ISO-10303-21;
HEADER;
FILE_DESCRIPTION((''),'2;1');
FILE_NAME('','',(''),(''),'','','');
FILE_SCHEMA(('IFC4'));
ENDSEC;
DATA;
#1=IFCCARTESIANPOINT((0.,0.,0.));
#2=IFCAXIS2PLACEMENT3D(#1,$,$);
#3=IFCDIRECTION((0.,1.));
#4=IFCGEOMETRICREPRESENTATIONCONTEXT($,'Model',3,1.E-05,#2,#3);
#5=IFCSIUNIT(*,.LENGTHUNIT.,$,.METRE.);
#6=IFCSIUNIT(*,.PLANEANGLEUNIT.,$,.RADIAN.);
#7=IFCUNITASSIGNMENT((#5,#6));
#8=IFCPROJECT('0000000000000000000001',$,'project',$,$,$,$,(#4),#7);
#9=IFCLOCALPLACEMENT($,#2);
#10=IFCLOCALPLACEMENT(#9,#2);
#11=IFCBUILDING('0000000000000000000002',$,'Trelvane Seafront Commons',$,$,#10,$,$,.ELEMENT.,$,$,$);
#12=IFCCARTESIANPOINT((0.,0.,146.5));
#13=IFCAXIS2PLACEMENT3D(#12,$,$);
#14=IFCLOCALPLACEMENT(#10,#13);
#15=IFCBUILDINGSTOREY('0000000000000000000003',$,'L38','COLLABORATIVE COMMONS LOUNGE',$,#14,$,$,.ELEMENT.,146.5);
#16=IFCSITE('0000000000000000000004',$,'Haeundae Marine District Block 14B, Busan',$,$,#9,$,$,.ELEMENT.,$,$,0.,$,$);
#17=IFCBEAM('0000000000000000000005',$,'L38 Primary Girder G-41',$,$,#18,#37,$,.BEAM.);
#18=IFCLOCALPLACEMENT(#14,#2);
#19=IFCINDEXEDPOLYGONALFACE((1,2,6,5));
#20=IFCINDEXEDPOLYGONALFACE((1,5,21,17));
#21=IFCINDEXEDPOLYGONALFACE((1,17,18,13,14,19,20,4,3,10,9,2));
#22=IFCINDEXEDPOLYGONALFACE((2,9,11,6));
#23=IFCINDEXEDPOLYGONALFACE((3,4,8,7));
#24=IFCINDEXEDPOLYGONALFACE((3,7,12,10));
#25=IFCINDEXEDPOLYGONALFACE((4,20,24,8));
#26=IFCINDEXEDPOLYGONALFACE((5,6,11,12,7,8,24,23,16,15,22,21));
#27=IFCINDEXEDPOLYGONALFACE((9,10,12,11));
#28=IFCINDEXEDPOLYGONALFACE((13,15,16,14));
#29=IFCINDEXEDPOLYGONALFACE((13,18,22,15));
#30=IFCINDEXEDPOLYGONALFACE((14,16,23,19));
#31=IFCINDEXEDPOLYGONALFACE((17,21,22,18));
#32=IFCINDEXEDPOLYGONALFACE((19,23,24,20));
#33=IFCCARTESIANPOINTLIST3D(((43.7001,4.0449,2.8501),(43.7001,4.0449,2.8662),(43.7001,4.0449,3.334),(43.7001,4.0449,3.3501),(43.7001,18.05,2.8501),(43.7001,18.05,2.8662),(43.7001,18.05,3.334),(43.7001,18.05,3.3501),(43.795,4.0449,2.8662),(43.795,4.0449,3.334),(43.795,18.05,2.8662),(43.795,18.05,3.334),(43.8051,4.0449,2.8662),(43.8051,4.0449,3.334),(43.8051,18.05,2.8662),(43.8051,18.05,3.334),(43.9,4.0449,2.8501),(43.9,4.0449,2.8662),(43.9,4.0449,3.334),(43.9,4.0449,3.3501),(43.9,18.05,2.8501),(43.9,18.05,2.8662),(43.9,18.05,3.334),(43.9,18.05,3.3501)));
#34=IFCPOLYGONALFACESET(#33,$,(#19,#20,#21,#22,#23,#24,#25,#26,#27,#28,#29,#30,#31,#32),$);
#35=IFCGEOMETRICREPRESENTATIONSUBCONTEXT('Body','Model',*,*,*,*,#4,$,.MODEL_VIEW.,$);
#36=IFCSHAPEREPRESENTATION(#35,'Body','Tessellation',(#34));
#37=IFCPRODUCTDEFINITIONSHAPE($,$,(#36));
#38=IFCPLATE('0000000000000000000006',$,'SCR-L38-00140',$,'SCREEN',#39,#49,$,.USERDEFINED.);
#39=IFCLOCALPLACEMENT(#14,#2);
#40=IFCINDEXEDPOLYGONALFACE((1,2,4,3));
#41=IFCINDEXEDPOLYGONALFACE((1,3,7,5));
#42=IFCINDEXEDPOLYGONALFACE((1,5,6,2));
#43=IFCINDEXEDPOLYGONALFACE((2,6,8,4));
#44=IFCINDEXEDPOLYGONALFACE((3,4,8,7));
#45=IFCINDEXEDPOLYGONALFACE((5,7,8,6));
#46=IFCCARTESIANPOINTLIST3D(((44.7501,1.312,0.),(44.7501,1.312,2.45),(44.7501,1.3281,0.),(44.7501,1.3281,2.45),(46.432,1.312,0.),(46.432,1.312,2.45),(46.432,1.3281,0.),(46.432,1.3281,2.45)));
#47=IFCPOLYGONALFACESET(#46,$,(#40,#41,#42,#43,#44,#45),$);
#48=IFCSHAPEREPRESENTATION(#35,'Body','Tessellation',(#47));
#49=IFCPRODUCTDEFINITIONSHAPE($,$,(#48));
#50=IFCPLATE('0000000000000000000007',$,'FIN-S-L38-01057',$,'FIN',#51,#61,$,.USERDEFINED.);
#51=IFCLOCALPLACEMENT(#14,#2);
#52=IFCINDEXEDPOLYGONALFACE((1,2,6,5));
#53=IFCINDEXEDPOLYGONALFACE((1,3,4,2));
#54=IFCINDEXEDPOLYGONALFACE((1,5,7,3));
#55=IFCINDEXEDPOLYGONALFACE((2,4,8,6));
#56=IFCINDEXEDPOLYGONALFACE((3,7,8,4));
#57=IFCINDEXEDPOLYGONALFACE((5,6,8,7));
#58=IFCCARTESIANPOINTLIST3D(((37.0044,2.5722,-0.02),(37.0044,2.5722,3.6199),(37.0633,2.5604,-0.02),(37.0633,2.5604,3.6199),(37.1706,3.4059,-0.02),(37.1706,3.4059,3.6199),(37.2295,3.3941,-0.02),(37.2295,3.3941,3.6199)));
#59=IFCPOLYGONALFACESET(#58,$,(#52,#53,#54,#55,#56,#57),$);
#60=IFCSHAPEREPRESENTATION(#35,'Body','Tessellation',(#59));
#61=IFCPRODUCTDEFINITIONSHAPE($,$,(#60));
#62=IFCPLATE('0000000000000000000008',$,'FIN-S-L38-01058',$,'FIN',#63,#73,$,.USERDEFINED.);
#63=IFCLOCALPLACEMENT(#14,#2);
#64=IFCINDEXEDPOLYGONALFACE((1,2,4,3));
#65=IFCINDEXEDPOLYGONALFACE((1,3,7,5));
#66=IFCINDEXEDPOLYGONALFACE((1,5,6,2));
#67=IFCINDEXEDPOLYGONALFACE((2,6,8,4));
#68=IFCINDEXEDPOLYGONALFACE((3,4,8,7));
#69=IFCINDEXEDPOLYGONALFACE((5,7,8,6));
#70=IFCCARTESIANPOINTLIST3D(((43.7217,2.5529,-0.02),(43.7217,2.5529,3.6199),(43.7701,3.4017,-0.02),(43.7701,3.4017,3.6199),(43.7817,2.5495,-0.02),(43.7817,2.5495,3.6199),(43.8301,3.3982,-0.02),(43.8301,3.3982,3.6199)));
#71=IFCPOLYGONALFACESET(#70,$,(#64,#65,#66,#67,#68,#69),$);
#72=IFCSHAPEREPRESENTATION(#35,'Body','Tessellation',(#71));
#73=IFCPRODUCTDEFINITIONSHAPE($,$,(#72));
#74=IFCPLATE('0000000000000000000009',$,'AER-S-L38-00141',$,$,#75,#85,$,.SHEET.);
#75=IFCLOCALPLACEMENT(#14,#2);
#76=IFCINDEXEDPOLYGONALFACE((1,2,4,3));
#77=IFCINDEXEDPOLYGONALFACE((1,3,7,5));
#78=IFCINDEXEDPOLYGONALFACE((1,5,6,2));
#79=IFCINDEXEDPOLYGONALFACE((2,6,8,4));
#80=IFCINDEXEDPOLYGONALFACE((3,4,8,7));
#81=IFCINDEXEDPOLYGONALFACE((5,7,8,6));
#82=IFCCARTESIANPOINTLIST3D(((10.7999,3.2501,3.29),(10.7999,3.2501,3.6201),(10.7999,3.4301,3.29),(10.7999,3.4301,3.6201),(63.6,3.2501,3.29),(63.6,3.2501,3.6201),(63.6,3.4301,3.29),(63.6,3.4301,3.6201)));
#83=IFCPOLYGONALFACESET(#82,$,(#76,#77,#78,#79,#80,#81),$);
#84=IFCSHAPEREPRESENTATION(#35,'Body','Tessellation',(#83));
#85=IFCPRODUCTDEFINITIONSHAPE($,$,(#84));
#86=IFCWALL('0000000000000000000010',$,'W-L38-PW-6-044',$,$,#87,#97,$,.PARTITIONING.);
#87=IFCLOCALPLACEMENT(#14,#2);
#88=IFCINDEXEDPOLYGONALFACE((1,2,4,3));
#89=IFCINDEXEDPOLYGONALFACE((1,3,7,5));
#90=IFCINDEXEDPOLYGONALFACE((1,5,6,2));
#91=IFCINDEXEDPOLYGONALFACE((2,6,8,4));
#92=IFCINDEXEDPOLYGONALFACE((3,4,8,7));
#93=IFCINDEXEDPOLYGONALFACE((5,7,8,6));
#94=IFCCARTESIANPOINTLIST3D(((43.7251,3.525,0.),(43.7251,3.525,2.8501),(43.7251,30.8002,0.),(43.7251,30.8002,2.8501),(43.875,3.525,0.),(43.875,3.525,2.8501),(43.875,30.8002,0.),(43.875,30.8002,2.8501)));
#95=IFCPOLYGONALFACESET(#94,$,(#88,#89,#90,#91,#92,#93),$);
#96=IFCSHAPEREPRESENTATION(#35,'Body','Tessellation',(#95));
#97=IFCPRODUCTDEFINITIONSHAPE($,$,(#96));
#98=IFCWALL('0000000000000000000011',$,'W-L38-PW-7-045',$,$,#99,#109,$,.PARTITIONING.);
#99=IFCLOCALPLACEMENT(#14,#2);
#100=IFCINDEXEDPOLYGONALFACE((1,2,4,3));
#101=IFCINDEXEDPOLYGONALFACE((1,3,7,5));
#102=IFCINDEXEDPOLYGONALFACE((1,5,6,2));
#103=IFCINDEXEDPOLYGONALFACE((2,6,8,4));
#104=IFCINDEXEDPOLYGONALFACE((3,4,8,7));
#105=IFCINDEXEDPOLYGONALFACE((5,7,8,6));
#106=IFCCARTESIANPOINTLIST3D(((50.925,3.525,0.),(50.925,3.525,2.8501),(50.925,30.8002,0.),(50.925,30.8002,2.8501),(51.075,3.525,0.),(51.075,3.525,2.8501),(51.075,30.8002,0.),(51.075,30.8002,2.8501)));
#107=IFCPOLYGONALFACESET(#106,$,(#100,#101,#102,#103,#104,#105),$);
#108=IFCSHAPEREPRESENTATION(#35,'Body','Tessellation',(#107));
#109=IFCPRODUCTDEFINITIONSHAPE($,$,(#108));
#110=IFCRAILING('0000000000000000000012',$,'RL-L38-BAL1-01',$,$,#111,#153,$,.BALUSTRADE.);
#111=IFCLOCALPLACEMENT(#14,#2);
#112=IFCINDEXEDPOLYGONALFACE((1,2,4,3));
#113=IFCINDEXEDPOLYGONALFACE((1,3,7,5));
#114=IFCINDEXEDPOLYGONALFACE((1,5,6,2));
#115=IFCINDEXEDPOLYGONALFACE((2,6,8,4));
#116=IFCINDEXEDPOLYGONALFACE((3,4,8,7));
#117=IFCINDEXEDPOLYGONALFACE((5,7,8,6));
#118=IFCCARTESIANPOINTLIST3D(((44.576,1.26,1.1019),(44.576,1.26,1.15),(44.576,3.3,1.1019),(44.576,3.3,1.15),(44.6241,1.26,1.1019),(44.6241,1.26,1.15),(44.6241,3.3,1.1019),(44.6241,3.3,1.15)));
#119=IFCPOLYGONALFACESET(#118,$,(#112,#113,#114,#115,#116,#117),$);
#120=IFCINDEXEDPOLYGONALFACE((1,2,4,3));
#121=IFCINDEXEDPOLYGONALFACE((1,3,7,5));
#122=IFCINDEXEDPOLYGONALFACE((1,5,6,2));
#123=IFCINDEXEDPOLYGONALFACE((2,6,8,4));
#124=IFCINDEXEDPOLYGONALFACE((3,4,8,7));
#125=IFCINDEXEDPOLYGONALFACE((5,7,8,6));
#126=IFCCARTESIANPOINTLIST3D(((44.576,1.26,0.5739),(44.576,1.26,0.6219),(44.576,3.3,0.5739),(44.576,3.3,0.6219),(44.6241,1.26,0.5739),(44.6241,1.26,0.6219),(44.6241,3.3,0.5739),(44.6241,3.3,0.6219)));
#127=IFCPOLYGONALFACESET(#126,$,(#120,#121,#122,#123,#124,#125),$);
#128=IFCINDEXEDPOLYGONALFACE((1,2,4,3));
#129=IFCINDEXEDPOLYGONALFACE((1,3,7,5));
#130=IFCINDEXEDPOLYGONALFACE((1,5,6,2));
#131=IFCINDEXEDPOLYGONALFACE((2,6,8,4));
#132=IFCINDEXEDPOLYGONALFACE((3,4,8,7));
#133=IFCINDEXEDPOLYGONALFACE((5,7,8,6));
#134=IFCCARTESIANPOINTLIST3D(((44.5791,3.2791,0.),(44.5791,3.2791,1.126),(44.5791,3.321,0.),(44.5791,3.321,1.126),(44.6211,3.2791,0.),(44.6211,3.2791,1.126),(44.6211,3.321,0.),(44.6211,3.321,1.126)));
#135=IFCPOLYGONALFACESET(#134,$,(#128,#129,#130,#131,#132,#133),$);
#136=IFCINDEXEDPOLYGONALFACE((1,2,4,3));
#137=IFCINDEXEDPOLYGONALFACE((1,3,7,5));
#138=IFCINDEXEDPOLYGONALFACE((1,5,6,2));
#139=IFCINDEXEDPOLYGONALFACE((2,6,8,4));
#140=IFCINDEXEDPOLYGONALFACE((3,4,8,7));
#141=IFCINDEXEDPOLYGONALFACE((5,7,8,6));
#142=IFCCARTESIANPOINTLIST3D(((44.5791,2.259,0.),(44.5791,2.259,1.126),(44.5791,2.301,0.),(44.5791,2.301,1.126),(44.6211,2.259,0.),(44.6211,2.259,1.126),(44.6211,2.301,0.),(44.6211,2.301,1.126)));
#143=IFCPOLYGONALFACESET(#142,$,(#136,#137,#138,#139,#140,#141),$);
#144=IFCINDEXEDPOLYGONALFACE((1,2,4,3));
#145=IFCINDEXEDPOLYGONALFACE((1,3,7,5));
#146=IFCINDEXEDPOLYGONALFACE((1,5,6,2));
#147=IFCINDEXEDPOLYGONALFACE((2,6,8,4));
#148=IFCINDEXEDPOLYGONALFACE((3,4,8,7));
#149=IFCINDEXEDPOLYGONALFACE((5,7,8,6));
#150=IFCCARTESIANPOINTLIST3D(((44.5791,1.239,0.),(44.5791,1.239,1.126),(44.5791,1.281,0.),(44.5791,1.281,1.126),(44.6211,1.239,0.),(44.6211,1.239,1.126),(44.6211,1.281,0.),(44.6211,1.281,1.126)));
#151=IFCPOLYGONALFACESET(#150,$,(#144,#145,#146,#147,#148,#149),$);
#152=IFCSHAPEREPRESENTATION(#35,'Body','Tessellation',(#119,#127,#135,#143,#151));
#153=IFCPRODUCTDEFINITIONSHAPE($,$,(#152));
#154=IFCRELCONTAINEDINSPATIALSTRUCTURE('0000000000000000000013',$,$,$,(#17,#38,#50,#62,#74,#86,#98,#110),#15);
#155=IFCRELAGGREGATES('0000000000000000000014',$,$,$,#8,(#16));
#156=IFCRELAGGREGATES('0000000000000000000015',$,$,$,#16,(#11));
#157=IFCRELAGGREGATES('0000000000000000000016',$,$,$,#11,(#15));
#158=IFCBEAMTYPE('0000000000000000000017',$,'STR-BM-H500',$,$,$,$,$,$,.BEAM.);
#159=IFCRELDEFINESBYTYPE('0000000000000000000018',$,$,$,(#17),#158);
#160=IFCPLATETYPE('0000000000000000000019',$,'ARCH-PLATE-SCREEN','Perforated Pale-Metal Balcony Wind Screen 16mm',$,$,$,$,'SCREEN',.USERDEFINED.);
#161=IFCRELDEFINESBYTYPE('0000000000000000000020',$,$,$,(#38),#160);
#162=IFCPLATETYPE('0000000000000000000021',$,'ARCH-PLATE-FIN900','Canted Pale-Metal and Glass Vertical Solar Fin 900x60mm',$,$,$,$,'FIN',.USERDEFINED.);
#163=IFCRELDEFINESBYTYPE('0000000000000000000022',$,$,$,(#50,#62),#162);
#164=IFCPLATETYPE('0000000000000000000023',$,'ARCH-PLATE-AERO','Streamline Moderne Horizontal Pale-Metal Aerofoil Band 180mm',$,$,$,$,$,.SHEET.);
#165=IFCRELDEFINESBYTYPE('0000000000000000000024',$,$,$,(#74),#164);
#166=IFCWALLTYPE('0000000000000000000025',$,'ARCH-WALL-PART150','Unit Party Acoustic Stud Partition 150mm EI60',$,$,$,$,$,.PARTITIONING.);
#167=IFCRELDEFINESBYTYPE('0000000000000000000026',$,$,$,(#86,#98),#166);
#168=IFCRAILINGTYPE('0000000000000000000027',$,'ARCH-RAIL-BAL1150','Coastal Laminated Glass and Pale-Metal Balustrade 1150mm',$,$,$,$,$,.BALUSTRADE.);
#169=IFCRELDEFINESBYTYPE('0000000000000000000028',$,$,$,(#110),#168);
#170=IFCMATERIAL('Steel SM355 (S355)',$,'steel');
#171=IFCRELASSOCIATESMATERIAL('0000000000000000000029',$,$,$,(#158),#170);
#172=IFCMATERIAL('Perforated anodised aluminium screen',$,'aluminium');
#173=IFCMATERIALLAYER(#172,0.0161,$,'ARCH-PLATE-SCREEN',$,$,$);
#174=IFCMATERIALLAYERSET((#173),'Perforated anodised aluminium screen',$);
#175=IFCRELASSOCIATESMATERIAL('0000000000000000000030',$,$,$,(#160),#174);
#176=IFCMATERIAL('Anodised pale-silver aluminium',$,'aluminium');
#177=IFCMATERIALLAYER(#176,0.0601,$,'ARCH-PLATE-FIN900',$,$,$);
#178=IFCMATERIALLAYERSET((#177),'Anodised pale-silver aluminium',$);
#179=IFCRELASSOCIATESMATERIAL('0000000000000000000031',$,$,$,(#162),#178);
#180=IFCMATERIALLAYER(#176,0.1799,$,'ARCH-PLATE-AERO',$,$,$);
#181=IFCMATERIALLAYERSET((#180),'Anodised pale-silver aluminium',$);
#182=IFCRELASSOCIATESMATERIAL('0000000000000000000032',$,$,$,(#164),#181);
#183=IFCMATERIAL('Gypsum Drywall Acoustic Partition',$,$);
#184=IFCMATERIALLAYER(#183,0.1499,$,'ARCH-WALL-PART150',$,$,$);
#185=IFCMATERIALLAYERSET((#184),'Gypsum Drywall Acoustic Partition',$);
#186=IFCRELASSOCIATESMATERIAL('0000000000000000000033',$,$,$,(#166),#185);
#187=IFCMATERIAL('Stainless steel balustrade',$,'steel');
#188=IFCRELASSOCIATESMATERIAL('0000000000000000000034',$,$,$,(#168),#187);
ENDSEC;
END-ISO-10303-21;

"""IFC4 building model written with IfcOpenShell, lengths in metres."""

from ifc_helpers import new_model, si_unit, direction, frame, frame_2d, origin, origin_2d, place, context, subcontext, project, spatial, rectangle, i_section, extrude, source, transform, mapped, material, layer, layer_set, material_profile, profile_set, type_object, element, save


model = new_model("IFC4")

# Units and contexts
model_context = context("Model", 3, precision=1e-05, world=origin(), true_north=direction((0.0, 1.0)))
body_context = subcontext(model_context, "Body", "Model", "MODEL_VIEW")
ifc_project = project(units=[si_unit("LENGTHUNIT", "METRE"), si_unit("PLANEANGLEUNIT", "RADIAN")], contexts=[model_context])

# Site, building, storey
site_placement = place(None, origin())
site = spatial("IfcSite", under=ifc_project, at=site_placement, Name="Haeundae Marine District Block 14B, Busan", CompositionType="ELEMENT", RefElevation=0.0)
building_placement = place(site_placement, origin())
building = spatial("IfcBuilding", under=site, at=building_placement, Name="Trelvane Seafront Commons", CompositionType="ELEMENT")
storey_placement = place(building_placement, frame((0.0, 0.0, 146.5)))
storey = spatial("IfcBuildingStorey", under=building, at=storey_placement, Name="L38", Description="COLLABORATIVE COMMONS LOUNGE", CompositionType="ELEMENT", Elevation=146.5)

# Shared definitions
ifc_material_1 = material(Name="Steel SM355 (S355)", Category="steel")

# Beam
ifc_material_profile_1 = material_profile(ifc_material_1, i_section(OverallWidth=0.2, OverallDepth=0.5, WebThickness=0.01, FlangeThickness=0.0161, at=origin_2d()), Name="H-500x200x10x16")
ifc_profile_set_1 = profile_set([ifc_material_profile_1], Name="Steel SM355 (S355)")
beam_type_1 = type_object("IfcBeamType", Name="STR-BM-H500", PredefinedType="BEAM", material=ifc_profile_set_1)
shared_shape_1 = source(origin(), body_context, "Body", "SweptSolid", [
    extrude(i_section(OverallWidth=0.2, OverallDepth=0.5, WebThickness=0.01, FlangeThickness=0.0161, at=origin_2d()), origin(), (0.0, 0.0, 1.0), 14.0051),
])
beam_1_placement = place(storey_placement, frame((43.8, 4.0449, 3.1001), z_axis=(0.0, 1.0, 0.0), x_axis=(-1.0, 0.0, 0.0)))
element("IfcBeam", 1, at=beam_1_placement, inside=storey, type_object=beam_type_1, Name="L38 Primary Girder G-41", PredefinedType="BEAM", context=body_context, shape_type="MappedRepresentation", body=[
    mapped(shared_shape_1, transform((0.0, 0.0, 0.0), x_axis=(1.0, 0.0, 0.0), y_axis=(0.0, 1.0, 0.0), z_axis=(0.0, 0.0, 1.0), scale=1.0)),
])

# Plates
ifc_material_2 = material(Name="Perforated anodised aluminium screen", Category="aluminium")
ifc_layer_1 = layer(ifc_material_2, 0.0161, Name="ARCH-PLATE-SCREEN")
ifc_layer_set_1 = layer_set([ifc_layer_1], Name="Perforated anodised aluminium screen")
plate_type_1 = type_object("IfcPlateType", Name="ARCH-PLATE-SCREEN", Description="Perforated Pale-Metal Balcony Wind Screen 16mm", ElementType="SCREEN", PredefinedType="USERDEFINED", material=ifc_layer_set_1)
shared_shape_2 = source(origin(), body_context, "Body", "SweptSolid", [
    extrude(rectangle(XDim=1.6819, YDim=0.0161, at=origin_2d()), origin(), (0.0, 0.0, 1.0), 2.45),
])
plate_1_placement = place(storey_placement, frame((45.5911, 1.3201, 0.0), z_axis=(0.0, 0.0, 1.0), x_axis=(1.0, 0.0, 0.0)))
element("IfcPlate", 2, at=plate_1_placement, inside=storey, type_object=plate_type_1, Name="SCR-L38-00140", ObjectType="SCREEN", PredefinedType="USERDEFINED", context=body_context, shape_type="MappedRepresentation", body=[
    mapped(shared_shape_2, transform((0.0, 0.0, 0.0), x_axis=(1.0, 0.0, 0.0), y_axis=(0.0, 1.0, 0.0), z_axis=(0.0, 0.0, 1.0), scale=1.0)),
])
ifc_material_3 = material(Name="Anodised pale-silver aluminium", Category="aluminium")
ifc_layer_2 = layer(ifc_material_3, 0.0601, Name="ARCH-PLATE-FIN900")
ifc_layer_set_2 = layer_set([ifc_layer_2], Name="Anodised pale-silver aluminium")
plate_type_2 = type_object("IfcPlateType", Name="ARCH-PLATE-FIN900", Description="Canted Pale-Metal and Glass Vertical Solar Fin 900x60mm", ElementType="FIN", PredefinedType="USERDEFINED", material=ifc_layer_set_2)
shared_shape_3 = source(origin(), body_context, "Body", "SweptSolid", [
    extrude(rectangle(XDim=0.8501, YDim=0.0601, at=origin_2d()), origin(), (0.0, 0.0, 1.0), 3.6399),
])
for number, where, z_axis, x_axis, name in (
    (3, (37.1169, 2.9832, -0.02), (0.0, 0.0, 1.0), (-0.195416, -0.980721, 0.0), "FIN-S-L38-01057"),
    (4, (43.7759, 2.9756, -0.02), (0.0, 0.0, 1.0), (-0.056942, -0.998377, 0.0), "FIN-S-L38-01058"),
):
    element("IfcPlate", number, at=place(storey_placement, frame(where, z_axis=z_axis, x_axis=x_axis)), inside=storey, type_object=plate_type_2, Name=name, ObjectType="FIN", PredefinedType="USERDEFINED", context=body_context, shape_type="MappedRepresentation", body=[
        mapped(shared_shape_3, transform((0.0, 0.0, 0.0), x_axis=(1.0, 0.0, 0.0), y_axis=(0.0, 1.0, 0.0), z_axis=(0.0, 0.0, 1.0), scale=1.0)),
    ])
ifc_layer_3 = layer(ifc_material_3, 0.1799, Name="ARCH-PLATE-AERO")
ifc_layer_set_3 = layer_set([ifc_layer_3], Name="Anodised pale-silver aluminium")
plate_type_3 = type_object("IfcPlateType", Name="ARCH-PLATE-AERO", Description="Streamline Moderne Horizontal Pale-Metal Aerofoil Band 180mm", PredefinedType="SHEET", material=ifc_layer_set_3)
shared_shape_4 = source(origin(), body_context, "Body", "SweptSolid", [
    extrude(rectangle(XDim=52.8, YDim=0.1799, at=origin_2d()), origin(), (0.0, 0.0, 1.0), 0.3301),
])
plate_2_placement = place(storey_placement, frame((37.2, 3.3401, 3.29), z_axis=(0.0, 0.0, 1.0), x_axis=(-1.0, 0.0, 0.0)))
element("IfcPlate", 5, at=plate_2_placement, inside=storey, type_object=plate_type_3, Name="AER-S-L38-00141", PredefinedType="SHEET", context=body_context, shape_type="MappedRepresentation", body=[
    mapped(shared_shape_4, transform((0.0, 0.0, 0.0), x_axis=(1.0, 0.0, 0.0), y_axis=(0.0, 1.0, 0.0), z_axis=(0.0, 0.0, 1.0), scale=1.0)),
])

# Shared definitions
ifc_material_4 = material(Name="Gypsum Drywall Acoustic Partition")

# Walls
ifc_layer_4 = layer(ifc_material_4, 0.1499, Name="ARCH-WALL-PART150")
ifc_layer_set_4 = layer_set([ifc_layer_4], Name="Gypsum Drywall Acoustic Partition")
wall_type_1 = type_object("IfcWallType", Name="ARCH-WALL-PART150", Description="Unit Party Acoustic Stud Partition 150mm EI60", PredefinedType="PARTITIONING", material=ifc_layer_set_4)
for number, where, z_axis, x_axis, name in (
    (6, (43.8, 3.5249, 0.0), (0.0, 0.0, 1.0), (0.0, 1.0, 0.0), "W-L38-PW-6-044"),
    (7, (51.0, 3.5249, 0.0), (0.0, 0.0, 1.0), (0.0, 1.0, 0.0), "W-L38-PW-7-045"),
):
    element("IfcWall", number, at=place(storey_placement, frame(where, z_axis=z_axis, x_axis=x_axis)), inside=storey, type_object=wall_type_1, Name=name, PredefinedType="PARTITIONING", context=body_context, shape_type="SweptSolid", body=[
        extrude(rectangle(XDim=27.2751, YDim=0.1499, at=frame_2d((13.6377, 0.0))), origin(), (0.0, 0.0, 1.0), 2.8501),
    ])

# Railing
ifc_material_5 = material(Name="Stainless steel balustrade", Category="steel")
railing_type = type_object("IfcRailingType", Name="ARCH-RAIL-BAL1150", Description="Coastal Laminated Glass and Pale-Metal Balustrade 1150mm", PredefinedType="BALUSTRADE", material=ifc_material_5)
railing_1_placement = place(storey_placement, frame((44.6001, 3.3, 0.0)))
element("IfcRailing", 8, at=railing_1_placement, inside=storey, type_object=railing_type, Name="RL-L38-BAL1-01", PredefinedType="BALUSTRADE", context=body_context, shape_type="SweptSolid", body=[
    extrude(rectangle(XDim=0.0481, YDim=0.0481, at=origin_2d()), frame((0.0, 0.0, 1.126), z_axis=(0.0, -1.0, 0.0), x_axis=(1.0, 0.0, 0.0)), (0.0, 0.0, 1.0), 2.04),
    extrude(rectangle(XDim=0.0481, YDim=0.0481, at=origin_2d()), frame((0.0, 0.0, 0.5979), z_axis=(0.0, -1.0, 0.0), x_axis=(1.0, 0.0, 0.0)), (0.0, 0.0, 1.0), 2.04),
    extrude(rectangle(XDim=0.042, YDim=0.042, at=origin_2d()), origin(), (0.0, 0.0, 1.0), 1.126),
    extrude(rectangle(XDim=0.042, YDim=0.042, at=origin_2d()), frame((0.0, -1.02, 0.0)), (0.0, 0.0, 1.0), 1.126),
    extrude(rectangle(XDim=0.042, YDim=0.042, at=origin_2d()), frame((0.0, -2.04, 0.0)), (0.0, 0.0, 1.0), 1.126),
])

save(model, "model.ifc")
